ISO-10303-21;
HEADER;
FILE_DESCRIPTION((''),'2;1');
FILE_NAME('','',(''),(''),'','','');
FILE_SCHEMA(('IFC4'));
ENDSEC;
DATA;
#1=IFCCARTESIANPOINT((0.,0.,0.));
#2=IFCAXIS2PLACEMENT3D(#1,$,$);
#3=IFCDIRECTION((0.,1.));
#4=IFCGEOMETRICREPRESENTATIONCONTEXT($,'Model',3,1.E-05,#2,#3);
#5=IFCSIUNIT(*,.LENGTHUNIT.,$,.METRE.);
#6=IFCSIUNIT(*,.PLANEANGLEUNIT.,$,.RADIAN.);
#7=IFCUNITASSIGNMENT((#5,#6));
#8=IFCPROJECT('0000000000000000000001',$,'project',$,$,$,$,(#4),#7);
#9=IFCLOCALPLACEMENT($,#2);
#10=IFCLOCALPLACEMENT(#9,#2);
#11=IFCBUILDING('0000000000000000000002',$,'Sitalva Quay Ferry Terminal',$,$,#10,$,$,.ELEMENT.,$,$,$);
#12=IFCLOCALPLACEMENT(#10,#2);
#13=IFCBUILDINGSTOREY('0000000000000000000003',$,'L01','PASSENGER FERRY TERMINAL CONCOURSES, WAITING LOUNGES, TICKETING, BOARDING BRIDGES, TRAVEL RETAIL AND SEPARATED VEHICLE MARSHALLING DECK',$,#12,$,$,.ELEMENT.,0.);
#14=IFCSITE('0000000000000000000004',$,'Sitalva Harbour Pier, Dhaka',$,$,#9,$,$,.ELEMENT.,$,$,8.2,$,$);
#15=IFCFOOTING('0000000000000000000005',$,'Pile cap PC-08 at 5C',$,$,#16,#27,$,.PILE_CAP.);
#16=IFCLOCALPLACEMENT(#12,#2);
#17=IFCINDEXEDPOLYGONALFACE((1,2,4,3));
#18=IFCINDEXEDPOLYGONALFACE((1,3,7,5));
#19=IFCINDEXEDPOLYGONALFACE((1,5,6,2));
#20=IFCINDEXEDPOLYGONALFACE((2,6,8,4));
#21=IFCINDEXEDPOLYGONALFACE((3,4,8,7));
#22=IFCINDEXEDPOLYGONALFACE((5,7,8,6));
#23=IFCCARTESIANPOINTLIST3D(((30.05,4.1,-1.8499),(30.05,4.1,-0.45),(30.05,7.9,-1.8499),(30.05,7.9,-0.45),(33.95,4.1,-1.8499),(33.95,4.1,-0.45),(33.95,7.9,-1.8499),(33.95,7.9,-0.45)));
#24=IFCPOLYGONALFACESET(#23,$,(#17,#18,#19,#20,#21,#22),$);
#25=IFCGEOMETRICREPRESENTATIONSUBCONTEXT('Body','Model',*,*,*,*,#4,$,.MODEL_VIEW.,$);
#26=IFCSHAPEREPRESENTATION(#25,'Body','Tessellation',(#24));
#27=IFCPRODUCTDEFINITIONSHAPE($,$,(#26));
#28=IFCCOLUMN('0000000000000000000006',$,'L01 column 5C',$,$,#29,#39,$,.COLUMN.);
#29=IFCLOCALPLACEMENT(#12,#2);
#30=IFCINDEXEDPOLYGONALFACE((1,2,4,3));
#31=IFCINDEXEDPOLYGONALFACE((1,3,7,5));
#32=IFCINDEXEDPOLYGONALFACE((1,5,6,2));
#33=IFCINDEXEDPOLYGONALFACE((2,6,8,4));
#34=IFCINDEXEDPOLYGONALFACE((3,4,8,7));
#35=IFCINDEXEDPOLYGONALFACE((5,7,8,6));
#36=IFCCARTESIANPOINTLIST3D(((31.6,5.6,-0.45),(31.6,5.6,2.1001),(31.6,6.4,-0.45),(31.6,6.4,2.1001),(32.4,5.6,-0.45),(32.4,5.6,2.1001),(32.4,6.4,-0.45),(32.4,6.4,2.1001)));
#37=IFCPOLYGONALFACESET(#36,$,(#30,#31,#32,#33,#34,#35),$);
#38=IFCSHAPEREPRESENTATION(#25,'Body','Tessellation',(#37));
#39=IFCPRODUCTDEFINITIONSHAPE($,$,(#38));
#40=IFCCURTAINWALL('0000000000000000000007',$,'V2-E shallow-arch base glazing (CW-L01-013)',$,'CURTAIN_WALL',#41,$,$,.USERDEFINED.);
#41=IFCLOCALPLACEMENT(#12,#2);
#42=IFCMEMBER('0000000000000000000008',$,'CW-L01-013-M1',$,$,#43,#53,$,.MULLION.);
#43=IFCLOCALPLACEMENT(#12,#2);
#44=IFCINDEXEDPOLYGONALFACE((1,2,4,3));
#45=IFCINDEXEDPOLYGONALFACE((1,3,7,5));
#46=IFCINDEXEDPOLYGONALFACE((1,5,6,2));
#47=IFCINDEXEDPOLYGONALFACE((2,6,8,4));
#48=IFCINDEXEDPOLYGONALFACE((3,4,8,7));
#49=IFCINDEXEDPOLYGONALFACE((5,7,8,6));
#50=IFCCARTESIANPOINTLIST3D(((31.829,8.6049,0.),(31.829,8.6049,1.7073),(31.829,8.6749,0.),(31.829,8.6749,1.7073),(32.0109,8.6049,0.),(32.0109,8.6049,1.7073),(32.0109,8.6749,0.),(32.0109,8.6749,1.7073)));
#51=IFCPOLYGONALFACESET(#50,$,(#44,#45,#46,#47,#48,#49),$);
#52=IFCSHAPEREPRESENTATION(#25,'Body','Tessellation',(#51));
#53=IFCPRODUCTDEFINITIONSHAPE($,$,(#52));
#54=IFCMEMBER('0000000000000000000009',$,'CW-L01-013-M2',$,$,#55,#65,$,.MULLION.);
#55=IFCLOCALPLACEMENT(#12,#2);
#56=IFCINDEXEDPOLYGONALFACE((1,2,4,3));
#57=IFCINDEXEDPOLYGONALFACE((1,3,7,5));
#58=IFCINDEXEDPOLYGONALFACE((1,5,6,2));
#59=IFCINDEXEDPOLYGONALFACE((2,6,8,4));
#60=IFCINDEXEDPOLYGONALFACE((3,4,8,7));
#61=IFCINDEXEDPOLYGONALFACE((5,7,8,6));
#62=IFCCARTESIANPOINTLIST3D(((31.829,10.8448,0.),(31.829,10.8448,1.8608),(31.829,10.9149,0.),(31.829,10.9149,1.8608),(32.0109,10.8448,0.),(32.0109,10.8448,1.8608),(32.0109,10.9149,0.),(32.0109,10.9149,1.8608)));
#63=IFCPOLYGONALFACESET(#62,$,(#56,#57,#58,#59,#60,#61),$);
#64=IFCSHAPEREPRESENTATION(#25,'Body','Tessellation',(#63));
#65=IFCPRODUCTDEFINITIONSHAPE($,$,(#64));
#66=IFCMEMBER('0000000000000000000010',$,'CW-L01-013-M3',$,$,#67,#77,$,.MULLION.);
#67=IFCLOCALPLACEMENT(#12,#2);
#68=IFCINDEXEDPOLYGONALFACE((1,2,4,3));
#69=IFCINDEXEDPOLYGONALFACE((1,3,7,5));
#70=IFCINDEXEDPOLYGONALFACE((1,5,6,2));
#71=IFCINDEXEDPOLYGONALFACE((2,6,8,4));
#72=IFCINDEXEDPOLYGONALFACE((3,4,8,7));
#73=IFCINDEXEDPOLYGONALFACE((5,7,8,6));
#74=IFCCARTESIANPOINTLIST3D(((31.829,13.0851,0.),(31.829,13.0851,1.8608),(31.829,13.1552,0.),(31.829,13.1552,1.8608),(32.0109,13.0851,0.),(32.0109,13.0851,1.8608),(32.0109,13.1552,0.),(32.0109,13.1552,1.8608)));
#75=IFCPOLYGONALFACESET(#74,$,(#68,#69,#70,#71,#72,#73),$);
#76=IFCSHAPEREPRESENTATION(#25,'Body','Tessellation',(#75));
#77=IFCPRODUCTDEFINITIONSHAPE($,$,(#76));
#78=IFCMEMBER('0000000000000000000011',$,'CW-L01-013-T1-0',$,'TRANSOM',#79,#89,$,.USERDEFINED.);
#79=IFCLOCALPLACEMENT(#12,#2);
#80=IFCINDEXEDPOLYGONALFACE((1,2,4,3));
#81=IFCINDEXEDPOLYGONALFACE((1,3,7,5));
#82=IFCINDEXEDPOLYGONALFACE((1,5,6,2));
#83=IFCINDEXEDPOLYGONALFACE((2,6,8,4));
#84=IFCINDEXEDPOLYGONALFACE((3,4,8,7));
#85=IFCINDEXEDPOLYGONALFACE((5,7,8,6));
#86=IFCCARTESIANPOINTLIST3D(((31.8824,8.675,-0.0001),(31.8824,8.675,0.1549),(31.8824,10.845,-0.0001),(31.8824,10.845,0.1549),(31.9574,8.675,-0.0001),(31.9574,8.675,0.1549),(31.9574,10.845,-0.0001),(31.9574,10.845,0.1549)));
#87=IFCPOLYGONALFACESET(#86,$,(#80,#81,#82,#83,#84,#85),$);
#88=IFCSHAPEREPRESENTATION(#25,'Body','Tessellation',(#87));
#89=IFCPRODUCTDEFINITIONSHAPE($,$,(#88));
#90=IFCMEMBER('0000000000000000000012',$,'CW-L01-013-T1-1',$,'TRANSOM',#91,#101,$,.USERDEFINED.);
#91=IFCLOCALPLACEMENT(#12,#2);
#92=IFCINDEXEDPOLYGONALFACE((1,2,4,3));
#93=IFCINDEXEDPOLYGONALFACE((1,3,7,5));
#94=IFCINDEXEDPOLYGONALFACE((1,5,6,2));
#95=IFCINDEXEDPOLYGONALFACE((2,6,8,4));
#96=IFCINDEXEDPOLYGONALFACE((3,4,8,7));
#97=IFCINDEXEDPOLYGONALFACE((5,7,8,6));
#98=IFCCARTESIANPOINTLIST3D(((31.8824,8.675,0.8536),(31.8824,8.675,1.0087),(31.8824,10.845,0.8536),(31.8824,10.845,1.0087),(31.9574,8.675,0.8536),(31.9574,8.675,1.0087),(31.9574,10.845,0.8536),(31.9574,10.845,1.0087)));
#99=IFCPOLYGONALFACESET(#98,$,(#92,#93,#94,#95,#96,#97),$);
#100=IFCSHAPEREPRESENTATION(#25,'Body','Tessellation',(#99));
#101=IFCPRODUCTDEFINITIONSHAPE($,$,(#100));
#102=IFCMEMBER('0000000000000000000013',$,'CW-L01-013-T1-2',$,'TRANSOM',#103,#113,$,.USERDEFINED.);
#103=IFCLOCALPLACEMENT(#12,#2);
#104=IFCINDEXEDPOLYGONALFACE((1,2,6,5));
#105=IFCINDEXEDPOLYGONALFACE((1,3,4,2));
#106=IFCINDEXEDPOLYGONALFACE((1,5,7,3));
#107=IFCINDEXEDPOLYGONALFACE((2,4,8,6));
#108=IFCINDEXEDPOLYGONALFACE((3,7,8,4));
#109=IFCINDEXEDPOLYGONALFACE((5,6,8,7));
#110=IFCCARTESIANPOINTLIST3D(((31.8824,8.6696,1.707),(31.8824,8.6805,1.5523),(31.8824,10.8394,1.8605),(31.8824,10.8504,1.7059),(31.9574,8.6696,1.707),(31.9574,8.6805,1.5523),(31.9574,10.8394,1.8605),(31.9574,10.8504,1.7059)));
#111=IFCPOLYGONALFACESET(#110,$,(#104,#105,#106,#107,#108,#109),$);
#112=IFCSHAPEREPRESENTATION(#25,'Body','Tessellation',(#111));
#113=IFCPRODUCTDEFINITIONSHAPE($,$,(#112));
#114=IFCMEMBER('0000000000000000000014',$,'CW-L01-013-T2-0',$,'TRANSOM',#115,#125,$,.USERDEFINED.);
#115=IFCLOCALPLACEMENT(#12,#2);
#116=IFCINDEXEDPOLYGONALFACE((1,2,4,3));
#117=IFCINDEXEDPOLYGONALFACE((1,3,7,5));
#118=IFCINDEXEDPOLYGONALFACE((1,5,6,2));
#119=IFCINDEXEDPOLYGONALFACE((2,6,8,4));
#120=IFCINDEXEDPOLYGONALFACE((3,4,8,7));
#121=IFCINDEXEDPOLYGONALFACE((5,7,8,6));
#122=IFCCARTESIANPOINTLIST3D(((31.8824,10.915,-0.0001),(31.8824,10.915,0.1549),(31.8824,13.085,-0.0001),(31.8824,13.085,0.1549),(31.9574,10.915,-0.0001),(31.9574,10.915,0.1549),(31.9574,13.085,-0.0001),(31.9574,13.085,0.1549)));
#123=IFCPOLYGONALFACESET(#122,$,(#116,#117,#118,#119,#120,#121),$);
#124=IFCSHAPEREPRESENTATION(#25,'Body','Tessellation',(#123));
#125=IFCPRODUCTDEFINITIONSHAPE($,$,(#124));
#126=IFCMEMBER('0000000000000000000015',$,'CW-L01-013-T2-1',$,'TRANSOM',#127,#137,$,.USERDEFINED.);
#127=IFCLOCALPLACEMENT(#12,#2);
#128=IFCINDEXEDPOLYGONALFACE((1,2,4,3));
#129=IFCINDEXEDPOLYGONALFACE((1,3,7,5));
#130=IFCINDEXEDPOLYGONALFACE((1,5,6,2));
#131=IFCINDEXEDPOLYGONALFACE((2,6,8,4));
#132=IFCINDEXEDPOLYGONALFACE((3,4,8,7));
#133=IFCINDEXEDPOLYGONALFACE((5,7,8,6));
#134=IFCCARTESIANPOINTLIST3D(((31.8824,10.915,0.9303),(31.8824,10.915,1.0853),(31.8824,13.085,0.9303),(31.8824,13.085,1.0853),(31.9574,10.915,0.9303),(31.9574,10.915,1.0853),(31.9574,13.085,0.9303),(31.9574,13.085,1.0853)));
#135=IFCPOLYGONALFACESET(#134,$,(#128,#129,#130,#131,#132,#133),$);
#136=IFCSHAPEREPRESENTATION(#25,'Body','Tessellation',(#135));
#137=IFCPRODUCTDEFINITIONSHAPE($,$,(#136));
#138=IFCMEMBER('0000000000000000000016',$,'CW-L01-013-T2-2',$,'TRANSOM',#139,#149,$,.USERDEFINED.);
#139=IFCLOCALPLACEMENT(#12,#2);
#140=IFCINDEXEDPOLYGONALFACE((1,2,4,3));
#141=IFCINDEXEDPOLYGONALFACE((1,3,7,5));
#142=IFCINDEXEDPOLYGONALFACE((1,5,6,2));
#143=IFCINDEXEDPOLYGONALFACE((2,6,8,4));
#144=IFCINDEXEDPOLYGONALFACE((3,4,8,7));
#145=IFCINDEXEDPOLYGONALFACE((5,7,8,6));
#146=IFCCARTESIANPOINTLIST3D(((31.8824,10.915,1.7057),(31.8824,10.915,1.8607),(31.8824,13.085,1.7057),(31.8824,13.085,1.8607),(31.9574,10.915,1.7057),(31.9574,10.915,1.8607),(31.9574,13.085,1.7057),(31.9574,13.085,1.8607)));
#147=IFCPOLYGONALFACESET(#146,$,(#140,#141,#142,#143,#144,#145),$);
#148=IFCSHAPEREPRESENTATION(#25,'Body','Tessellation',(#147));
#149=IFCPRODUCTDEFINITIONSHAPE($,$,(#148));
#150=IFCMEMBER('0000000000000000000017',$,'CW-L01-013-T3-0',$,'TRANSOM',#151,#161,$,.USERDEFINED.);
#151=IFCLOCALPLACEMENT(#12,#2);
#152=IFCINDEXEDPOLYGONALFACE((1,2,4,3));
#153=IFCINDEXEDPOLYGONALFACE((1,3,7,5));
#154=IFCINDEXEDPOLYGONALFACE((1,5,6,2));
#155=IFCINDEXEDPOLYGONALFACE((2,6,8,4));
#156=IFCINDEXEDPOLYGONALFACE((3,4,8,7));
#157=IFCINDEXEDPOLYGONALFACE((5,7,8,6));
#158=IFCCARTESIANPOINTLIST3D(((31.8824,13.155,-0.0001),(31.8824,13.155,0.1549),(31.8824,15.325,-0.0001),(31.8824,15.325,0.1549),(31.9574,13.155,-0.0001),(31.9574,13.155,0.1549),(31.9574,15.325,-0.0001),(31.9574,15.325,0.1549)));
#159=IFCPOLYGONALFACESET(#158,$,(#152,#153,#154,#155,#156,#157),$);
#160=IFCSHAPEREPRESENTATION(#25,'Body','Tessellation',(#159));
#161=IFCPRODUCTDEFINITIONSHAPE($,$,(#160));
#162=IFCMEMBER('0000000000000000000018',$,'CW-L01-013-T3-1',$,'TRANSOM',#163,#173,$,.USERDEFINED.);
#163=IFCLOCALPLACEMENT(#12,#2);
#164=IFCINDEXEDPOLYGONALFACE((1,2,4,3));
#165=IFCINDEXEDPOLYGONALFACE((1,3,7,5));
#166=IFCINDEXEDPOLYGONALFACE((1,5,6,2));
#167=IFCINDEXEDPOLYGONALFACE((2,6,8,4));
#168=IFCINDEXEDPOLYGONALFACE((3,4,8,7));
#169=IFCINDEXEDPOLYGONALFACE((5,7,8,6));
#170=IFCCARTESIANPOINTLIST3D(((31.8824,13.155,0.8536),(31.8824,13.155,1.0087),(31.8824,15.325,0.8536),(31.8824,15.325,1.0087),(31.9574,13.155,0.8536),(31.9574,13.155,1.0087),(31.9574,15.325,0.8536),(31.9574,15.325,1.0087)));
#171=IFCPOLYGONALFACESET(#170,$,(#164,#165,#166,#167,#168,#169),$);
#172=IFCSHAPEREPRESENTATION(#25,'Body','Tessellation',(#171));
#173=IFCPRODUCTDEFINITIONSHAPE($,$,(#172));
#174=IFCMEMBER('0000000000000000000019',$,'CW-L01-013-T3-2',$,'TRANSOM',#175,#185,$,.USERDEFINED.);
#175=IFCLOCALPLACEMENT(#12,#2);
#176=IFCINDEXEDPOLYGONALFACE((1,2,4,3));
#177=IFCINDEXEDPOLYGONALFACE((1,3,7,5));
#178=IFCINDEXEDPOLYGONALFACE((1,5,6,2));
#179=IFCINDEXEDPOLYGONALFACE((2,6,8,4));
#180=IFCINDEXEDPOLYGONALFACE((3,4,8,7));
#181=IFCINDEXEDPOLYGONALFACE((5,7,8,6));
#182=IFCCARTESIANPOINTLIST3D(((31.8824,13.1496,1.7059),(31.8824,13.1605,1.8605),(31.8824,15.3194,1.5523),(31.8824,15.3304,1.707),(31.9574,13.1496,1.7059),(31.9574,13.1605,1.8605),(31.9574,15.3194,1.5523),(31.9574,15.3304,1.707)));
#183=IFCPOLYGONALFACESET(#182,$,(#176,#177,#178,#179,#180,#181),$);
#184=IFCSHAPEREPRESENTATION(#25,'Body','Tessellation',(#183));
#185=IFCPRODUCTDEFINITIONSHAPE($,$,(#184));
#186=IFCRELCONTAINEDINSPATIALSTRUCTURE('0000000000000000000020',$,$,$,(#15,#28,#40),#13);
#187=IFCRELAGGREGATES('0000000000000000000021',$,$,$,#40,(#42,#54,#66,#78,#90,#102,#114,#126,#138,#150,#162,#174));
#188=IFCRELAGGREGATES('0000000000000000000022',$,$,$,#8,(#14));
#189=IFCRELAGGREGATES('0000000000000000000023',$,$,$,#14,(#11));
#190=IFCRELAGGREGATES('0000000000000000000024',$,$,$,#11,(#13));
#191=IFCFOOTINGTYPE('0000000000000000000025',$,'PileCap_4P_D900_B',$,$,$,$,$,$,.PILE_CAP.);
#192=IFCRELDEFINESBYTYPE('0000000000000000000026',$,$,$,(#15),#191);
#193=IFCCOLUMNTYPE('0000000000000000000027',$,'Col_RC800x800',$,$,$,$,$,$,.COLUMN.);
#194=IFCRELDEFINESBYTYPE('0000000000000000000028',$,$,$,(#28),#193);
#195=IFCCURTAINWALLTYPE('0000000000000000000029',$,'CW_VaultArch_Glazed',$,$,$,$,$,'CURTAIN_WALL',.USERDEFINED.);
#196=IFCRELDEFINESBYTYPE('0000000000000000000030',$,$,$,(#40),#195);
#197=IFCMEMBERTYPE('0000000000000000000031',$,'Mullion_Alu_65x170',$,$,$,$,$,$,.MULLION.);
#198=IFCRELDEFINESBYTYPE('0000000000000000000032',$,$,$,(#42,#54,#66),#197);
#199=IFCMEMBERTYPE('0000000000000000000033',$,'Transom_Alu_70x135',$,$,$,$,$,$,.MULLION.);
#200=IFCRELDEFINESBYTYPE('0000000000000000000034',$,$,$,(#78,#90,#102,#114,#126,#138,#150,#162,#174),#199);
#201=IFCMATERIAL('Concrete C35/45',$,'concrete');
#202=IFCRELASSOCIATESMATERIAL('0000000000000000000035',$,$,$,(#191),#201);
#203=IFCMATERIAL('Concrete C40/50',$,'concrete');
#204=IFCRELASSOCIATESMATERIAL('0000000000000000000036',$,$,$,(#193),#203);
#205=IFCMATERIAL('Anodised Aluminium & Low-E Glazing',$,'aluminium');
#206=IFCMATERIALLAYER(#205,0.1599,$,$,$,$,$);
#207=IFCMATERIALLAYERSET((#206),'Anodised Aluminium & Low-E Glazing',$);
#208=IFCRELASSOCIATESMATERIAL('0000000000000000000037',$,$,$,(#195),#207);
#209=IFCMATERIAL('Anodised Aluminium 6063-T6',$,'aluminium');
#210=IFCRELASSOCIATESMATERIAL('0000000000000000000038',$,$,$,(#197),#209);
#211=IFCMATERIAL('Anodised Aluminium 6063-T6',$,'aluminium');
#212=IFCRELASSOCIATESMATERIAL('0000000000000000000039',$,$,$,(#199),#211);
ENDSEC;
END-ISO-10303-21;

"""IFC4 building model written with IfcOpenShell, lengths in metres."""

from ifc_helpers import new_model, si_unit, direction, frame, origin, origin_2d, place, context, subcontext, project, spatial, rectangle, extrude, material, layer, layer_set, material_profile, profile_set, type_object, element, aggregate, save


model = new_model("IFC4")

# Units and contexts
model_context = context("Model", 3, precision=1e-05, world=origin(), true_north=direction((0.0, 1.0)))
body_context = subcontext(model_context, "Body", "Model", "MODEL_VIEW")
ifc_project = project(units=[si_unit("LENGTHUNIT", "METRE"), si_unit("PLANEANGLEUNIT", "RADIAN")], contexts=[model_context])

# Site, building, storey
site_placement = place(None, origin())
site = spatial("IfcSite", under=ifc_project, at=site_placement, Name="Sitalva Harbour Pier, Dhaka", CompositionType="ELEMENT", RefElevation=8.2)
building_placement = place(site_placement, origin())
building = spatial("IfcBuilding", under=site, at=building_placement, Name="Sitalva Quay Ferry Terminal", CompositionType="ELEMENT")
storey_placement = place(building_placement, origin())
storey = spatial("IfcBuildingStorey", under=building, at=storey_placement, Name="L01", Description="PASSENGER FERRY TERMINAL CONCOURSES, WAITING LOUNGES, TICKETING, BOARDING BRIDGES, TRAVEL RETAIL AND SEPARATED VEHICLE MARSHALLING DECK", CompositionType="ELEMENT", Elevation=0.0)

# Footing
ifc_material_1 = material(Name="Concrete C35/45", Category="concrete")
footing_type = type_object("IfcFootingType", Name="PileCap_4P_D900_B", PredefinedType="PILE_CAP", material=ifc_material_1)
footing_placement = place(storey_placement, frame((32.0, 6.0, -1.8499), z_axis=(0.0, 0.0, 1.0), x_axis=(1.0, 0.0, 0.0)))
element("IfcFooting", 1, at=footing_placement, inside=storey, type_object=footing_type, Name="Pile cap PC-08 at 5C", PredefinedType="PILE_CAP", context=body_context, shape_type="SweptSolid", body=[
    extrude(rectangle(XDim=3.8999, YDim=3.8, at=origin_2d()), origin(), (0.0, 0.0, 1.0), 1.3999),
])

# Column
ifc_material_2 = material(Name="Concrete C40/50", Category="concrete")
ifc_material_profile_1 = material_profile(ifc_material_2, rectangle(XDim=0.8, YDim=0.8, at=origin_2d()), Name="RC800x800")
ifc_profile_set_1 = profile_set([ifc_material_profile_1], Name="Concrete C40/50")
column_type = type_object("IfcColumnType", Name="Col_RC800x800", PredefinedType="COLUMN", material=ifc_profile_set_1)
column_placement = place(storey_placement, frame((32.0, 6.0, -0.45), z_axis=(0.0, 0.0, 1.0), x_axis=(1.0, 0.0, 0.0)))
element("IfcColumn", 2, at=column_placement, inside=storey, type_object=column_type, Name="L01 column 5C", PredefinedType="COLUMN", context=body_context, shape_type="SweptSolid", body=[
    extrude(rectangle(XDim=0.8, YDim=0.8, at=origin_2d()), origin(), (0.0, 0.0, 1.0), 2.55),
])

# Curtain wall, members
ifc_material_3 = material(Name="Anodised Aluminium & Low-E Glazing", Category="aluminium")
ifc_layer_1 = layer(ifc_material_3, 0.1599)
ifc_layer_set_1 = layer_set([ifc_layer_1], Name="Anodised Aluminium & Low-E Glazing")
curtain_wall_type = type_object("IfcCurtainWallType", Name="CW_VaultArch_Glazed", ElementType="CURTAIN_WALL", PredefinedType="USERDEFINED", material=ifc_layer_set_1)
curtain_wall_placement = place(storey_placement, origin())
curtain_wall = element("IfcCurtainWall", 3, at=curtain_wall_placement, inside=storey, type_object=curtain_wall_type, Name="V2-E shallow-arch base glazing (CW-L01-013)", ObjectType="CURTAIN_WALL", PredefinedType="USERDEFINED")
ifc_material_4 = material(Name="Anodised Aluminium 6063-T6", Category="aluminium")
ifc_material_profile_2 = material_profile(ifc_material_4, rectangle(XDim=0.0701, YDim=0.1819, at=origin_2d()), Name="ALU70x182")
ifc_profile_set_2 = profile_set([ifc_material_profile_2], Name="Anodised Aluminium 6063-T6")
member_type_1 = type_object("IfcMemberType", Name="Mullion_Alu_65x170", PredefinedType="MULLION", material=ifc_profile_set_2)
member_1_placement = place(storey_placement, frame((31.9199, 8.6399, 0.0), z_axis=(0.0, 0.0, 1.0), x_axis=(0.0, 1.0, 0.0)))
member_1 = element("IfcMember", 4, at=member_1_placement, type_object=member_type_1, Name="CW-L01-013-M1", PredefinedType="MULLION", context=body_context, shape_type="SweptSolid", body=[
    extrude(rectangle(XDim=0.0701, YDim=0.1819, at=origin_2d()), origin(), (0.0, 0.0, 1.0), 1.7073),
])
member_2_placement = place(storey_placement, frame((31.9199, 10.8799, 0.0), z_axis=(0.0, 0.0, 1.0), x_axis=(0.0, 1.0, 0.0)))
member_2 = element("IfcMember", 5, at=member_2_placement, type_object=member_type_1, Name="CW-L01-013-M2", PredefinedType="MULLION", context=body_context, shape_type="SweptSolid", body=[
    extrude(rectangle(XDim=0.0701, YDim=0.1819, at=origin_2d()), origin(), (0.0, 0.0, 1.0), 1.8608),
])
member_3_placement = place(storey_placement, frame((31.9199, 13.1201, 0.0), z_axis=(0.0, 0.0, 1.0), x_axis=(0.0, 1.0, 0.0)))
member_3 = element("IfcMember", 6, at=member_3_placement, type_object=member_type_1, Name="CW-L01-013-M3", PredefinedType="MULLION", context=body_context, shape_type="SweptSolid", body=[
    extrude(rectangle(XDim=0.0701, YDim=0.1819, at=origin_2d()), origin(), (0.0, 0.0, 1.0), 1.8608),
])
ifc_material_5 = material(Name="Anodised Aluminium 6063-T6", Category="aluminium")
ifc_material_profile_3 = material_profile(ifc_material_5, rectangle(XDim=0.075, YDim=0.155, at=origin_2d()), Name="ALU75x155")
ifc_profile_set_3 = profile_set([ifc_material_profile_3], Name="Anodised Aluminium 6063-T6")
member_type_2 = type_object("IfcMemberType", Name="Transom_Alu_70x135", PredefinedType="MULLION", material=ifc_profile_set_3)
member_4_placement = place(storey_placement, frame((31.9199, 8.675, 0.0774), z_axis=(0.0, 1.0, 0.0), x_axis=(-1.0, 0.0, 0.0)))
member_4 = element("IfcMember", 7, at=member_4_placement, type_object=member_type_2, Name="CW-L01-013-T1-0", ObjectType="TRANSOM", PredefinedType="USERDEFINED", context=body_context, shape_type="SweptSolid", body=[
    extrude(rectangle(XDim=0.075, YDim=0.155, at=origin_2d()), origin(), (0.0, 0.0, 1.0), 2.1699),
])
member_5_placement = place(storey_placement, frame((31.9199, 8.675, 0.9312), z_axis=(0.0, 1.0, 0.0), x_axis=(-1.0, 0.0, 0.0)))
member_5 = element("IfcMember", 8, at=member_5_placement, type_object=member_type_2, Name="CW-L01-013-T1-1", ObjectType="TRANSOM", PredefinedType="USERDEFINED", context=body_context, shape_type="SweptSolid", body=[
    extrude(rectangle(XDim=0.075, YDim=0.155, at=origin_2d()), origin(), (0.0, 0.0, 1.0), 2.1699),
])
member_6_placement = place(storey_placement, frame((31.9199, 8.675, 1.6296), z_axis=(0.0, 0.997505, 0.070593), x_axis=(-1.0, 0.0, 0.0)))
member_6 = element("IfcMember", 9, at=member_6_placement, type_object=member_type_2, Name="CW-L01-013-T1-2", ObjectType="TRANSOM", PredefinedType="USERDEFINED", context=body_context, shape_type="SweptSolid", body=[
    extrude(rectangle(XDim=0.075, YDim=0.155, at=origin_2d()), origin(), (0.0, 0.0, 1.0), 2.1753),
])
member_7_placement = place(storey_placement, frame((31.9199, 10.915, 0.0774), z_axis=(0.0, 1.0, 0.0), x_axis=(-1.0, 0.0, 0.0)))
member_7 = element("IfcMember", 10, at=member_7_placement, type_object=member_type_2, Name="CW-L01-013-T2-0", ObjectType="TRANSOM", PredefinedType="USERDEFINED", context=body_context, shape_type="SweptSolid", body=[
    extrude(rectangle(XDim=0.075, YDim=0.155, at=origin_2d()), origin(), (0.0, 0.0, 1.0), 2.1699),
])
member_8_placement = place(storey_placement, frame((31.9199, 10.915, 1.0078), z_axis=(0.0, 1.0, 0.0), x_axis=(-1.0, 0.0, 0.0)))
member_8 = element("IfcMember", 11, at=member_8_placement, type_object=member_type_2, Name="CW-L01-013-T2-1", ObjectType="TRANSOM", PredefinedType="USERDEFINED", context=body_context, shape_type="SweptSolid", body=[
    extrude(rectangle(XDim=0.075, YDim=0.155, at=origin_2d()), origin(), (0.0, 0.0, 1.0), 2.1699),
])
member_9_placement = place(storey_placement, frame((31.9199, 10.915, 1.7832), z_axis=(0.0, 1.0, 0.0), x_axis=(-1.0, 0.0, 0.0)))
member_9 = element("IfcMember", 12, at=member_9_placement, type_object=member_type_2, Name="CW-L01-013-T2-2", ObjectType="TRANSOM", PredefinedType="USERDEFINED", context=body_context, shape_type="SweptSolid", body=[
    extrude(rectangle(XDim=0.075, YDim=0.155, at=origin_2d()), origin(), (0.0, 0.0, 1.0), 2.1699),
])
member_10_placement = place(storey_placement, frame((31.9199, 13.155, 0.0774), z_axis=(0.0, 1.0, 0.0), x_axis=(-1.0, 0.0, 0.0)))
member_10 = element("IfcMember", 13, at=member_10_placement, type_object=member_type_2, Name="CW-L01-013-T3-0", ObjectType="TRANSOM", PredefinedType="USERDEFINED", context=body_context, shape_type="SweptSolid", body=[
    extrude(rectangle(XDim=0.075, YDim=0.155, at=origin_2d()), origin(), (0.0, 0.0, 1.0), 2.1699),
])
member_11_placement = place(storey_placement, frame((31.9199, 13.155, 0.9312), z_axis=(0.0, 1.0, 0.0), x_axis=(-1.0, 0.0, 0.0)))
member_11 = element("IfcMember", 14, at=member_11_placement, type_object=member_type_2, Name="CW-L01-013-T3-1", ObjectType="TRANSOM", PredefinedType="USERDEFINED", context=body_context, shape_type="SweptSolid", body=[
    extrude(rectangle(XDim=0.075, YDim=0.155, at=origin_2d()), origin(), (0.0, 0.0, 1.0), 2.1699),
])
member_12_placement = place(storey_placement, frame((31.9199, 13.155, 1.7832), z_axis=(0.0, 0.997505, -0.070593), x_axis=(-1.0, 0.0, 0.0)))
member_12 = element("IfcMember", 15, at=member_12_placement, type_object=member_type_2, Name="CW-L01-013-T3-2", ObjectType="TRANSOM", PredefinedType="USERDEFINED", context=body_context, shape_type="SweptSolid", body=[
    extrude(rectangle(XDim=0.075, YDim=0.155, at=origin_2d()), origin(), (0.0, 0.0, 1.0), 2.1753),
])
aggregate(curtain_wall, [member_1, member_2, member_3, member_4, member_5, member_6, member_7, member_8, member_9, member_10, member_11, member_12])

save(model, "model.ifc")
